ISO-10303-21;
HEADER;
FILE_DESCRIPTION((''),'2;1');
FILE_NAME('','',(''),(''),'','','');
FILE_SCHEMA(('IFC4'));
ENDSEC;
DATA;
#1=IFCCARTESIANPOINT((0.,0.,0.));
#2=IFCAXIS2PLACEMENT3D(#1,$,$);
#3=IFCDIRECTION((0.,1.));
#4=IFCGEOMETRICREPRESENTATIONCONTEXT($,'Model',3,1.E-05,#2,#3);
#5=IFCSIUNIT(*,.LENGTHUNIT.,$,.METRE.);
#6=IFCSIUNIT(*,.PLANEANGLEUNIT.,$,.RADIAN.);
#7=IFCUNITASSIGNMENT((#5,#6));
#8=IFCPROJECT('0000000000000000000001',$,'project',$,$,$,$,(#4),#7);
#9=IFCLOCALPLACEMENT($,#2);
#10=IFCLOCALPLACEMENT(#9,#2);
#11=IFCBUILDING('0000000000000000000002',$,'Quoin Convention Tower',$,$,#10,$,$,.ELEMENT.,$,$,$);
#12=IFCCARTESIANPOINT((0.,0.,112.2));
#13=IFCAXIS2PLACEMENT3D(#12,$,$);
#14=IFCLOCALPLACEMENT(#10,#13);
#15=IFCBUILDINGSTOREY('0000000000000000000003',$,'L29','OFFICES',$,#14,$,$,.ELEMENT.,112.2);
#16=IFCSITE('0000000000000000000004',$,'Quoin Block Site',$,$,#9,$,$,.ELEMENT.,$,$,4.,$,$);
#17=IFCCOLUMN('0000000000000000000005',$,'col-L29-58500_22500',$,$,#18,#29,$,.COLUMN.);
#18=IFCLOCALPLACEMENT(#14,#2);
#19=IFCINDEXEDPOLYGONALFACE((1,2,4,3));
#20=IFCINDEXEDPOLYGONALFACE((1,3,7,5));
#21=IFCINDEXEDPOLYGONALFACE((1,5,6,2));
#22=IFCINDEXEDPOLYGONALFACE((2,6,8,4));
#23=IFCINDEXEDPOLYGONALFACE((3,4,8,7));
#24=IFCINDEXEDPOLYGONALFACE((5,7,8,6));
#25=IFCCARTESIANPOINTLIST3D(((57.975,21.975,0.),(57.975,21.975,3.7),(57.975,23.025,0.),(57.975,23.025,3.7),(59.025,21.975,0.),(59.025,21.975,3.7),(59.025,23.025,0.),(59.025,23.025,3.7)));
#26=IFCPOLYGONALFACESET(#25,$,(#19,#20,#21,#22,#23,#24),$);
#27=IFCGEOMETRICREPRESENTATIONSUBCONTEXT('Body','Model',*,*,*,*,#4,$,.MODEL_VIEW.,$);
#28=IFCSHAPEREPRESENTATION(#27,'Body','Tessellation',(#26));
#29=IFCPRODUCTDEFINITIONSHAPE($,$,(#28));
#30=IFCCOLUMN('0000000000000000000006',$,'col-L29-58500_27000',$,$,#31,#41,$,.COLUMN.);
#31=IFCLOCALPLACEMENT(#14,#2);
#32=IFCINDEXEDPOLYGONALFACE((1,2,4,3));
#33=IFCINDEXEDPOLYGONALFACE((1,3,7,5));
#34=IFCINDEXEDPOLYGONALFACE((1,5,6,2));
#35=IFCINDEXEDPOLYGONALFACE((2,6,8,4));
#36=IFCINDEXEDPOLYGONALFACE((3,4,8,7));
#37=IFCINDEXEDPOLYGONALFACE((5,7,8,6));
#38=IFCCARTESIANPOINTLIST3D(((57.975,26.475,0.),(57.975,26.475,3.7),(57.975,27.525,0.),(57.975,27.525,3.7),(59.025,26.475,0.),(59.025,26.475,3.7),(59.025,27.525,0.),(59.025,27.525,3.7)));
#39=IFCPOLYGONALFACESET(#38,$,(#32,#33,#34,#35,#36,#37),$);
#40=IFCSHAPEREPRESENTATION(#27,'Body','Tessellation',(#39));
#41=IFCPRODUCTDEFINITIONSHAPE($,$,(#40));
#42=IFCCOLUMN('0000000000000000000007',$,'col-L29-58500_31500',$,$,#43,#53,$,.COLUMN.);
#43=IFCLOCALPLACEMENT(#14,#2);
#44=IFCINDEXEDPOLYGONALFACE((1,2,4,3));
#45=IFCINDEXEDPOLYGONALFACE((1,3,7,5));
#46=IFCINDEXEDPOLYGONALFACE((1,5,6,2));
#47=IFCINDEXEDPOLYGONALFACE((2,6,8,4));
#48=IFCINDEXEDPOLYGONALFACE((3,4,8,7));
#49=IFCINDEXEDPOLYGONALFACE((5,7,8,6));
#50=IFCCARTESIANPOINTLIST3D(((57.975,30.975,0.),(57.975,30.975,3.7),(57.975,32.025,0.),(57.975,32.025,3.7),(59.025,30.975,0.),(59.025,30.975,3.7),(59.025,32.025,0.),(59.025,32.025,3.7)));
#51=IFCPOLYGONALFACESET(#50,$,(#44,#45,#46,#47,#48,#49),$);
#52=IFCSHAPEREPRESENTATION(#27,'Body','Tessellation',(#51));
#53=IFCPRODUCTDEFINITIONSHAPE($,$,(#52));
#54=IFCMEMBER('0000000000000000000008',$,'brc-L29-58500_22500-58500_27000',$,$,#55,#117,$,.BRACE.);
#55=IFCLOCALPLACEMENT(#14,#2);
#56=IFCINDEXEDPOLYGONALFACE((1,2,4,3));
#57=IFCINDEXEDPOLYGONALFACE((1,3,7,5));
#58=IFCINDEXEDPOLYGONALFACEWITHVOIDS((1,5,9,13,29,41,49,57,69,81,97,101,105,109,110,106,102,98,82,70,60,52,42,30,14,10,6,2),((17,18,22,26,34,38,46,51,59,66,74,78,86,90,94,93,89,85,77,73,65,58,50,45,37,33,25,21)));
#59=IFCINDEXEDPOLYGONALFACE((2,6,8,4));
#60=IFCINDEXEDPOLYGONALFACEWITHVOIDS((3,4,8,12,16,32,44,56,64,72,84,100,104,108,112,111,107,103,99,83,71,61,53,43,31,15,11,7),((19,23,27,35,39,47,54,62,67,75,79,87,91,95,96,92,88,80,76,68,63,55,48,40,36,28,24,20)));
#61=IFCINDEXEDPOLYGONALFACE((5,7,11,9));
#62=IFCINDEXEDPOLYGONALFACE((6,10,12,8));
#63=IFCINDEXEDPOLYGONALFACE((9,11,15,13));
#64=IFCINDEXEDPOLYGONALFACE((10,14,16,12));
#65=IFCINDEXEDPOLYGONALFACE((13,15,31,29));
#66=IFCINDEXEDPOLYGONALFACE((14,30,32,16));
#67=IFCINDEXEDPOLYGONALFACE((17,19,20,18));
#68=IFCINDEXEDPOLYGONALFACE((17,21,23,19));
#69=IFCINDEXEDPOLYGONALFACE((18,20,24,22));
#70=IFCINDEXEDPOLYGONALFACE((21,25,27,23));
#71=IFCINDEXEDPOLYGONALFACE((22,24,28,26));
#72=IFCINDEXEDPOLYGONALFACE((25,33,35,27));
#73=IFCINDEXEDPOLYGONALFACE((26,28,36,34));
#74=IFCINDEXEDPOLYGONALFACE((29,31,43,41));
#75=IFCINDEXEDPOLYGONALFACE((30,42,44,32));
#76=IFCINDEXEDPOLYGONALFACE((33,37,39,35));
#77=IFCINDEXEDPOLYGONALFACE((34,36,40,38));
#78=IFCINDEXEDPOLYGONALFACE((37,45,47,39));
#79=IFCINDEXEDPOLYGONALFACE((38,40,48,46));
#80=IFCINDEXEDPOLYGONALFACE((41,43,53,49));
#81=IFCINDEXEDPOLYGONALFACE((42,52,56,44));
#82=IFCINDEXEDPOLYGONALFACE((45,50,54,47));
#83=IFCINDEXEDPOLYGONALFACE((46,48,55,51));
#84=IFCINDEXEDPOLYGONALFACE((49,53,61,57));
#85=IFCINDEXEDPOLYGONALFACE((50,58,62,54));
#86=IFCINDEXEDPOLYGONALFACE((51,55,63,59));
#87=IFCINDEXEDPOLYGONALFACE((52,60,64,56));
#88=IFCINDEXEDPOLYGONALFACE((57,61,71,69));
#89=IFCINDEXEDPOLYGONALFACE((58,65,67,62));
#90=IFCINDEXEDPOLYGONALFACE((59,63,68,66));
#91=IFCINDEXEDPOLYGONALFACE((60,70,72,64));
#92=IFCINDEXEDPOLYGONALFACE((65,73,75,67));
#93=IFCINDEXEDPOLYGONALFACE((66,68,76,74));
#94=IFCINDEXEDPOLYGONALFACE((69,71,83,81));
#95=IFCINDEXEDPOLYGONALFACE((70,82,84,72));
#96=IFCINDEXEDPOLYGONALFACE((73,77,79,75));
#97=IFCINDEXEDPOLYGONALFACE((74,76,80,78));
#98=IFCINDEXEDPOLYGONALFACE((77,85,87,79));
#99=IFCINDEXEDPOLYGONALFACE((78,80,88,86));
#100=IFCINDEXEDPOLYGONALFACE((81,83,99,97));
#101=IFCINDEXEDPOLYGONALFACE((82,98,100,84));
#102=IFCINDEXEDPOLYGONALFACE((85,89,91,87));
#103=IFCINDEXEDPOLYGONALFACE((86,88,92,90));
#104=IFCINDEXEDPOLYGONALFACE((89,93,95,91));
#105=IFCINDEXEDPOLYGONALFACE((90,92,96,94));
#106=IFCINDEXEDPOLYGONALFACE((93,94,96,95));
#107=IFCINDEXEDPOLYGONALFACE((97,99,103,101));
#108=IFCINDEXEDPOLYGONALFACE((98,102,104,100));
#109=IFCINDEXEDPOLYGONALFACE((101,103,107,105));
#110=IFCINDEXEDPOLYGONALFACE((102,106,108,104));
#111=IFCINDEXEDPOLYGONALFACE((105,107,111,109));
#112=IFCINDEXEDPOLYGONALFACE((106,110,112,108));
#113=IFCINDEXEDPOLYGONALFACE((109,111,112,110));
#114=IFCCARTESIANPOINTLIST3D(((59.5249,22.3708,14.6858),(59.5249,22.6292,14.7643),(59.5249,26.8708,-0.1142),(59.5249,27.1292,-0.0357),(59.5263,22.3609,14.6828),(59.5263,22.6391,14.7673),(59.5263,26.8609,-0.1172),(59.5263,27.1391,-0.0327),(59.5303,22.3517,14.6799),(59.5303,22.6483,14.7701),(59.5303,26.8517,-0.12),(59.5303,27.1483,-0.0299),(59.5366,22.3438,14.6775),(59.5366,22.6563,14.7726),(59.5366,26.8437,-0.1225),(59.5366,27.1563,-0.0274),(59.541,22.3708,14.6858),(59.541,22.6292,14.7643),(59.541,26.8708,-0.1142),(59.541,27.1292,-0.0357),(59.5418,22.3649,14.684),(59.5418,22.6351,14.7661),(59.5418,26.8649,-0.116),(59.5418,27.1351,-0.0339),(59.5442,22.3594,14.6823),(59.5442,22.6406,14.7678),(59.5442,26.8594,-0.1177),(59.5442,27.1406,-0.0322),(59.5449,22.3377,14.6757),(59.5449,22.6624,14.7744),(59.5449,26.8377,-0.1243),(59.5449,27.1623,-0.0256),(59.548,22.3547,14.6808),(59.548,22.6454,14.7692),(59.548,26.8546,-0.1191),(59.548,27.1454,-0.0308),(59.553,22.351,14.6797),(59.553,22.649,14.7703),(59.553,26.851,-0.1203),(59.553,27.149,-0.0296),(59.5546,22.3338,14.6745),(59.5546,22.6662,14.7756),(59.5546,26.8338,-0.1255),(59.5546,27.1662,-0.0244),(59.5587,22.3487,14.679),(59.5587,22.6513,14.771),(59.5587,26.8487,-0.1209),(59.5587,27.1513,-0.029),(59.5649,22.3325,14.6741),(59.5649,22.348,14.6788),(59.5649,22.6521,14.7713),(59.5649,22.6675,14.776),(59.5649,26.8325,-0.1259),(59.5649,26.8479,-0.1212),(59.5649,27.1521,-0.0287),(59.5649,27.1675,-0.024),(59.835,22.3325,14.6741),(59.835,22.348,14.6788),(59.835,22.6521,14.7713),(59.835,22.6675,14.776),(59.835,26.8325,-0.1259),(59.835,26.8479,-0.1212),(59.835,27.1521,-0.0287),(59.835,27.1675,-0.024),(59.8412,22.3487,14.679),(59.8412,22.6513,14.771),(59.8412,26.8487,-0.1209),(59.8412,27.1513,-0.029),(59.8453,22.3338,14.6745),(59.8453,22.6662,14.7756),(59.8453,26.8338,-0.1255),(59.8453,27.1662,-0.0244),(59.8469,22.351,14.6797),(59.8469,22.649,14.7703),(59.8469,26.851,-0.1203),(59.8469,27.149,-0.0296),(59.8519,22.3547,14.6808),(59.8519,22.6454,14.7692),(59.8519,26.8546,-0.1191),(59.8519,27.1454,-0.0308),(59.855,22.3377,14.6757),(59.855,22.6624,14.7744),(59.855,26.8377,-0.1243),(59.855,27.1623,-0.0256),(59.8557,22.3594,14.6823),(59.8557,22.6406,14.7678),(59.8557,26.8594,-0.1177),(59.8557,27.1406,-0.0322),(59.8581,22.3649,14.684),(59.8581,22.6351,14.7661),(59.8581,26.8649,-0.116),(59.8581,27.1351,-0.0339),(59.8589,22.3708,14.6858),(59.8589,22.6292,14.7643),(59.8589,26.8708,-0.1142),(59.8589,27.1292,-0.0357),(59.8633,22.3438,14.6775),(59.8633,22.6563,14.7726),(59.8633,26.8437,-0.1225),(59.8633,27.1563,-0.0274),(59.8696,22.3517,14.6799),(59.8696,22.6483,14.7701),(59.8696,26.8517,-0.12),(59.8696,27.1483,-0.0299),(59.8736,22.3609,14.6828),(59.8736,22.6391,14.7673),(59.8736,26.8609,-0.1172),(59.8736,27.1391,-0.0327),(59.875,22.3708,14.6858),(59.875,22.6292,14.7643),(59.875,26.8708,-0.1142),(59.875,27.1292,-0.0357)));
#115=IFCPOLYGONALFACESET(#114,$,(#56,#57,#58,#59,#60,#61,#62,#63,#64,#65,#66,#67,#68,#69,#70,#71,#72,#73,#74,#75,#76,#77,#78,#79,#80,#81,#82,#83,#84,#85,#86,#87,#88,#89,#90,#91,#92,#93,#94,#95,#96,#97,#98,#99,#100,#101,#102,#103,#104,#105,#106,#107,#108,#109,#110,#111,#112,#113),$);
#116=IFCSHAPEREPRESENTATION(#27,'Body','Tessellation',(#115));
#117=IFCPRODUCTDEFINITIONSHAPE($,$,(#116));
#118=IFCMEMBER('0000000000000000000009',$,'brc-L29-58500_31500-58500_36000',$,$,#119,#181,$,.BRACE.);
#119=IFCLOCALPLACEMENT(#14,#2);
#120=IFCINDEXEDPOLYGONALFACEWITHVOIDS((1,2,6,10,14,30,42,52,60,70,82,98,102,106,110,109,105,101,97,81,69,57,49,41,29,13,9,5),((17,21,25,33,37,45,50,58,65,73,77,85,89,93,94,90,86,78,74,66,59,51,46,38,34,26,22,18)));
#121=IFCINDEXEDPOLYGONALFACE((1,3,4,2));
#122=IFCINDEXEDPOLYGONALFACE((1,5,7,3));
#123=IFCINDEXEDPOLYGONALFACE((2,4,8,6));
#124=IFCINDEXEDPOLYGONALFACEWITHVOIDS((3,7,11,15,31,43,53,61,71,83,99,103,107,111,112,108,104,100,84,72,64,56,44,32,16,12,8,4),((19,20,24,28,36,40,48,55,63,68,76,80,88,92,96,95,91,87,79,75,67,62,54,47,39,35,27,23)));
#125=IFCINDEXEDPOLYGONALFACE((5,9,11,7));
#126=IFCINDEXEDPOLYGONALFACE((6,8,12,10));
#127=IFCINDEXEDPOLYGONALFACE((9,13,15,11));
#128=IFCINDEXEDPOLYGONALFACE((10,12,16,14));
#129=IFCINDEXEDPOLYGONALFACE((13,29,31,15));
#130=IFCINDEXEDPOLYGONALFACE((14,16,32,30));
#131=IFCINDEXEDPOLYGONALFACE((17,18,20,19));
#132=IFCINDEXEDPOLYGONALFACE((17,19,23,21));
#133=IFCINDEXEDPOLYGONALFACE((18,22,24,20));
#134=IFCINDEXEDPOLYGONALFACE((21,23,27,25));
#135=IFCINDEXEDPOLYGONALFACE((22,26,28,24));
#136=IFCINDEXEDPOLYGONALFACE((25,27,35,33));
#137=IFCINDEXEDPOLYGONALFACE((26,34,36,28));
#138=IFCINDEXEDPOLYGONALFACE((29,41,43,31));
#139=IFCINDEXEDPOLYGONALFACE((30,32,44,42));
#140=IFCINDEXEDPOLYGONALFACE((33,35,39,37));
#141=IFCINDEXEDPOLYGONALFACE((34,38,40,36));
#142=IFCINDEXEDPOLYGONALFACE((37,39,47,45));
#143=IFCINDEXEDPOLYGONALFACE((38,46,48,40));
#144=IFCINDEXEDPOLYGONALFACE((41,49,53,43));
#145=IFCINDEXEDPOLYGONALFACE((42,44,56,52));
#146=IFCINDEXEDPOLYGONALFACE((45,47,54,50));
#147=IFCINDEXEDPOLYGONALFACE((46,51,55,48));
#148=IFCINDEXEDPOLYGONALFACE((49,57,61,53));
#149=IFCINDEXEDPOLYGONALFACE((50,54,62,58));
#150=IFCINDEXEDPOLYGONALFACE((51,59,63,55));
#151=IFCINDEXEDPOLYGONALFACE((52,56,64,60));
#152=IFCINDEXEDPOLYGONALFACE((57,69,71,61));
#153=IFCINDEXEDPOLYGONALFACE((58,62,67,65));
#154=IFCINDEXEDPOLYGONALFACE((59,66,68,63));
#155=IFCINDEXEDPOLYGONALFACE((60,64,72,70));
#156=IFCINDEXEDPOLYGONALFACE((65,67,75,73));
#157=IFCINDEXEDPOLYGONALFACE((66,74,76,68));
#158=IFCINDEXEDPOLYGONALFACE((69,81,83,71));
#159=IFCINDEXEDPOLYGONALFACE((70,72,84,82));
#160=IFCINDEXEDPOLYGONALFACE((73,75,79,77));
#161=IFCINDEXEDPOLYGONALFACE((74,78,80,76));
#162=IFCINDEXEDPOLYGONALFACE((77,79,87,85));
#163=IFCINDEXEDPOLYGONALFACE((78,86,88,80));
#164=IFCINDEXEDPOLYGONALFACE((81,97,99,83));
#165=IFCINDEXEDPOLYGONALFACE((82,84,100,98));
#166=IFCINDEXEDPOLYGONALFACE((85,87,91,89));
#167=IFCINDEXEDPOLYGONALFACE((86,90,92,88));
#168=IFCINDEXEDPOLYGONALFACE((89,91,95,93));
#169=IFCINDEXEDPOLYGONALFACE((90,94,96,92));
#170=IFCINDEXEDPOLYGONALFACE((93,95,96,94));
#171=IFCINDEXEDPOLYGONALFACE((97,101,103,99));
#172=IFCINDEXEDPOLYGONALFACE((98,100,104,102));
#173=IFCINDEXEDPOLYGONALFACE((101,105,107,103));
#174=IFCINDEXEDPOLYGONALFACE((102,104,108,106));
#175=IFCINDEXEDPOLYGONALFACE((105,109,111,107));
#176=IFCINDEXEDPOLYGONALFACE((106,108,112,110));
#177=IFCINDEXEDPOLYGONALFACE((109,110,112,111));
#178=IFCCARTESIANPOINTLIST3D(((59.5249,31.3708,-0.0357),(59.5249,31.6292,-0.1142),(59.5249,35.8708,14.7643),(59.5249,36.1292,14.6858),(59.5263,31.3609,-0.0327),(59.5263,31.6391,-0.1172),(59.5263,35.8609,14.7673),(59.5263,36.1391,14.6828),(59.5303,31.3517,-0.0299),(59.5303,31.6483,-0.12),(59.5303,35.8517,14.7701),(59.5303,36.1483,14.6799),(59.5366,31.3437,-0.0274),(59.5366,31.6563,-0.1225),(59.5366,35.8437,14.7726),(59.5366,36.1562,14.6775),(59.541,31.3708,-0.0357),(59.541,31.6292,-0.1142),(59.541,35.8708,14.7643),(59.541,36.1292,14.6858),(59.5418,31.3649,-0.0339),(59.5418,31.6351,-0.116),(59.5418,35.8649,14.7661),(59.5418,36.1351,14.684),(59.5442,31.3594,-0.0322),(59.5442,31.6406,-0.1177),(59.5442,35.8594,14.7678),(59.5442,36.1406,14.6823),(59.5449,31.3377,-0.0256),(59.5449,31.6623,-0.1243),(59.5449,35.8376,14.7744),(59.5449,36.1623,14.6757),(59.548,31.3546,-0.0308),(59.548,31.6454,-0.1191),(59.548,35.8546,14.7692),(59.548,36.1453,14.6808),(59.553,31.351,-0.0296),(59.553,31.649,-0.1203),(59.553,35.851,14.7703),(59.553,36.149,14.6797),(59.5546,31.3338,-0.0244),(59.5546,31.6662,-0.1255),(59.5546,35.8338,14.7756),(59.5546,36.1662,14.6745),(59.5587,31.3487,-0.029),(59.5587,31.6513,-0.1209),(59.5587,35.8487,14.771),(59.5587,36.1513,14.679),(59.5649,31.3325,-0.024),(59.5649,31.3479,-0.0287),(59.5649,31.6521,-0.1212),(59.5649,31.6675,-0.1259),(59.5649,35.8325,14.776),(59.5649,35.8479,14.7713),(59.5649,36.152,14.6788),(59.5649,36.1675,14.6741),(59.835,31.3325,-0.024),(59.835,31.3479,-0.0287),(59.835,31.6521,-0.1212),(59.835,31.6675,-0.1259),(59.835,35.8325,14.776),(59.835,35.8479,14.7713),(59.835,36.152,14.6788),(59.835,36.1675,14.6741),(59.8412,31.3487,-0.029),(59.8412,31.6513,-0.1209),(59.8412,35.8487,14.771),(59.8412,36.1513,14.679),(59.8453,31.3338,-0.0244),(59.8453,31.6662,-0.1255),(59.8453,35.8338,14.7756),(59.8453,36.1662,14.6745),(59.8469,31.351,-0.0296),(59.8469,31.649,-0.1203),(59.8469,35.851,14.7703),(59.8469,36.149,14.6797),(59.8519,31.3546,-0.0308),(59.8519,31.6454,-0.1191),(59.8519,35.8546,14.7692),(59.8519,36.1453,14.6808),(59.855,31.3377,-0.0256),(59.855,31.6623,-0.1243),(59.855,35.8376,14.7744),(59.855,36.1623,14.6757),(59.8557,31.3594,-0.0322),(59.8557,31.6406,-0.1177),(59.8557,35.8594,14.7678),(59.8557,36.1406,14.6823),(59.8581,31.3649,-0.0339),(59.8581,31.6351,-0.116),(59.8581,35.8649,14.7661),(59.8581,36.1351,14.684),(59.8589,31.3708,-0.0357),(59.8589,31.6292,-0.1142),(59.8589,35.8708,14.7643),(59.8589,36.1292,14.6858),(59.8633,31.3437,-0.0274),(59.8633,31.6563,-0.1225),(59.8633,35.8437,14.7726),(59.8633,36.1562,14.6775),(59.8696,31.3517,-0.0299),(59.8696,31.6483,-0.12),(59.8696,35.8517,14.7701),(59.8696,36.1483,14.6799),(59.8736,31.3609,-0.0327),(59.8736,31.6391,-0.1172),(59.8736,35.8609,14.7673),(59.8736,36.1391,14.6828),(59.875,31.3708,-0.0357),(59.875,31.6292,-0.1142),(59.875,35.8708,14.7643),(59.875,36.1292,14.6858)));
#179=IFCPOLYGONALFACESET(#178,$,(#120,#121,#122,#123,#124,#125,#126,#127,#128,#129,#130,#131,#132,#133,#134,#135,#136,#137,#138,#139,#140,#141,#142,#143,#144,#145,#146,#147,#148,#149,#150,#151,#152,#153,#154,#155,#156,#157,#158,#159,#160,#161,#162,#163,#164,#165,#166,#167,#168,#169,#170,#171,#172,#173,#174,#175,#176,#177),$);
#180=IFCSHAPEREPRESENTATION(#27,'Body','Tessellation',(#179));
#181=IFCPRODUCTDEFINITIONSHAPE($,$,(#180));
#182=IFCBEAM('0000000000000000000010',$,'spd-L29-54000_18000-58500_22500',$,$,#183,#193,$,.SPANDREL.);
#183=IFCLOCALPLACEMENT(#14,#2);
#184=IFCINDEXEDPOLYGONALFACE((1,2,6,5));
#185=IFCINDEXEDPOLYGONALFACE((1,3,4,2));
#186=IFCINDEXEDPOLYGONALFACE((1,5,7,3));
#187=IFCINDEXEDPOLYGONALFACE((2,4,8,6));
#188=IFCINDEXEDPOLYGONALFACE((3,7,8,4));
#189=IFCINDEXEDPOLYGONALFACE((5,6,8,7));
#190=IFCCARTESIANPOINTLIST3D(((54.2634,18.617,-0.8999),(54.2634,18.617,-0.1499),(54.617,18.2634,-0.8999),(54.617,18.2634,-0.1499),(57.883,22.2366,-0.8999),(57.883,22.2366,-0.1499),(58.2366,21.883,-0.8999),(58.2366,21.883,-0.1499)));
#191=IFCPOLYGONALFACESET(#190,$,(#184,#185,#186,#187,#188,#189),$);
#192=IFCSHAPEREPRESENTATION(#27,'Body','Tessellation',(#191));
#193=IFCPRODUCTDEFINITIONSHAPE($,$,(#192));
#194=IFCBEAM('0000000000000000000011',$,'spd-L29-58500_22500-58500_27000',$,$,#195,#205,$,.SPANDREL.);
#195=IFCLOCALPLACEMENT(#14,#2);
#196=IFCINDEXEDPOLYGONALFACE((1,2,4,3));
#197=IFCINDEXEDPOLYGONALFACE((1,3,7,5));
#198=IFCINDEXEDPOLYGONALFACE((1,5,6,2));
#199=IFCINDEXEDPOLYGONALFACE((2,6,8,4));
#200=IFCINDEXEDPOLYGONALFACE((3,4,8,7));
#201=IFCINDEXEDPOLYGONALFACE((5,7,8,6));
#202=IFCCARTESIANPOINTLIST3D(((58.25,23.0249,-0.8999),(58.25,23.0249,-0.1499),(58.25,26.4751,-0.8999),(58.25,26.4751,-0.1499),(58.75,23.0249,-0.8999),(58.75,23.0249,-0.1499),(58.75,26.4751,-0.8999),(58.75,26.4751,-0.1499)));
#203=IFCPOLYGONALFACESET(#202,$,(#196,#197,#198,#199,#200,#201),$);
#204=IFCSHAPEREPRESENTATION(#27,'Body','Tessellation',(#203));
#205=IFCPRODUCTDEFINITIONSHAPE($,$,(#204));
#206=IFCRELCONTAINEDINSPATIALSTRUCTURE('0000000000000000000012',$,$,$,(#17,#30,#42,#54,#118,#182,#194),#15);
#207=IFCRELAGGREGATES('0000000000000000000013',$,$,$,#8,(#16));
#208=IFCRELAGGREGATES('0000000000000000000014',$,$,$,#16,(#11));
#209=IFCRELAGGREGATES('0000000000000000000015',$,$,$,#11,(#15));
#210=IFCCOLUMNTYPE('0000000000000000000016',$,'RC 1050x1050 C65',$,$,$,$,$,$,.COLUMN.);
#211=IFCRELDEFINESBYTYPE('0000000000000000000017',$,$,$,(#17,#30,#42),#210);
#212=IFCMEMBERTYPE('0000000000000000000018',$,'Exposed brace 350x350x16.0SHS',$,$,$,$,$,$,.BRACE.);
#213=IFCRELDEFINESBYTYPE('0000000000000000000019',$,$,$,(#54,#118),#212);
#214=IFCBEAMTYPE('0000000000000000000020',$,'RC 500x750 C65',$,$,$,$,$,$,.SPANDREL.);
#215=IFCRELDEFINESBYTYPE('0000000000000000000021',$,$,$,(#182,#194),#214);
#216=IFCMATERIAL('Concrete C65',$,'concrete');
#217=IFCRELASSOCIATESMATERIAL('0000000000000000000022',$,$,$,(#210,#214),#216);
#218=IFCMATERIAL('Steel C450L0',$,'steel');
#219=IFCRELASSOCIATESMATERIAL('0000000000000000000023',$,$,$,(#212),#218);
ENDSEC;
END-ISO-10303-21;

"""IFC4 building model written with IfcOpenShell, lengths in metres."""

from ifc_helpers import new_model, si_unit, direction, frame, origin, origin_2d, place, context, subcontext, project, spatial, rectangle, hollow_rectangle, extrude, material, material_profile, profile_set, type_object, element, save


model = new_model("IFC4")

# Units and contexts
model_context = context("Model", 3, precision=1e-05, world=origin(), true_north=direction((0.0, 1.0)))
body_context = subcontext(model_context, "Body", "Model", "MODEL_VIEW")
ifc_project = project(units=[si_unit("LENGTHUNIT", "METRE"), si_unit("PLANEANGLEUNIT", "RADIAN")], contexts=[model_context])

# Site, building, storey
site_placement = place(None, origin())
site = spatial("IfcSite", under=ifc_project, at=site_placement, Name="Quoin Block Site", CompositionType="ELEMENT", RefElevation=4.0)
building_placement = place(site_placement, origin())
building = spatial("IfcBuilding", under=site, at=building_placement, Name="Quoin Convention Tower", CompositionType="ELEMENT")
storey_placement = place(building_placement, frame((0.0, 0.0, 112.2)))
storey = spatial("IfcBuildingStorey", under=building, at=storey_placement, Name="L29", Description="OFFICES", CompositionType="ELEMENT", Elevation=112.2)

# Columns
ifc_material_1 = material(Name="Concrete C65", Category="concrete")
ifc_material_profile_1 = material_profile(ifc_material_1, rectangle(XDim=1.05, YDim=1.05, at=origin_2d()), Name="RC 1050x1050")
ifc_profile_set_1 = profile_set([ifc_material_profile_1], Name="Concrete C65")
column_type = type_object("IfcColumnType", Name="RC 1050x1050 C65", PredefinedType="COLUMN", material=ifc_profile_set_1)
for number, where, z_axis, x_axis, name in (
    (1, (58.5, 22.5, 0.0), (0.0, 0.0, 1.0), (1.0, 0.0, 0.0), "col-L29-58500_22500"),
    (2, (58.5, 27.0, 0.0), (0.0, 0.0, 1.0), (1.0, 0.0, 0.0), "col-L29-58500_27000"),
    (3, (58.5, 31.5, 0.0), (0.0, 0.0, 1.0), (1.0, 0.0, 0.0), "col-L29-58500_31500"),
):
    element("IfcColumn", number, at=place(storey_placement, frame(where, z_axis=z_axis, x_axis=x_axis)), inside=storey, type_object=column_type, Name=name, PredefinedType="COLUMN", context=body_context, shape_type="SweptSolid", body=[
        extrude(rectangle(XDim=1.05, YDim=1.05, at=origin_2d()), origin(), (0.0, 0.0, 1.0), 3.7),
    ])

# Members
ifc_material_2 = material(Name="Steel C450L0", Category="steel")
ifc_material_profile_2 = material_profile(ifc_material_2, hollow_rectangle(XDim=0.3501, YDim=0.3501, WallThickness=0.0161, InnerFilletRadius=0.0239, OuterFilletRadius=0.04, at=origin_2d()), Name="350x350x16.0SHS")
ifc_profile_set_2 = profile_set([ifc_material_profile_2], Name="Steel C450L0")
member_type = type_object("IfcMemberType", Name="Exposed brace 350x350x16.0SHS", PredefinedType="BRACE", material=ifc_profile_set_2)
for number, where, z_axis, x_axis, name in (
    (4, (59.7, 27.0, -0.075), (0.0, -0.290903, 0.956752), (1.0, 0.0, 0.0), "brc-L29-58500_22500-58500_27000"),
    (5, (59.7, 31.5, -0.075), (0.0, 0.290903, 0.956752), (-1.0, 0.0, 0.0), "brc-L29-58500_31500-58500_36000"),
):
    element("IfcMember", number, at=place(storey_placement, frame(where, z_axis=z_axis, x_axis=x_axis)), inside=storey, type_object=member_type, Name=name, PredefinedType="BRACE", context=body_context, shape_type="SweptSolid", body=[
        extrude(hollow_rectangle(XDim=0.3501, YDim=0.3501, WallThickness=0.0161, InnerFilletRadius=0.0239, OuterFilletRadius=0.04, at=origin_2d()), origin(), (0.0, 0.0, 1.0), 15.469),
    ])

# Beams
ifc_material_profile_3 = material_profile(ifc_material_1, rectangle(XDim=0.5, YDim=0.75, at=origin_2d()), Name="RC 500x750")
ifc_profile_set_3 = profile_set([ifc_material_profile_3], Name="Concrete C65")
beam_type = type_object("IfcBeamType", Name="RC 500x750 C65", PredefinedType="SPANDREL", material=ifc_profile_set_3)
beam_placement = place(storey_placement, frame((54.4402, 18.4402, -0.5249), z_axis=(0.707107, 0.707107, 0.0), x_axis=(-0.707107, 0.707107, 0.0)))
element("IfcBeam", 6, at=beam_placement, inside=storey, type_object=beam_type, Name="spd-L29-54000_18000-58500_22500", PredefinedType="SPANDREL", context=body_context, shape_type="SweptSolid", body=[
    extrude(rectangle(XDim=0.5, YDim=0.75, at=origin_2d()), origin(), (0.0, 0.0, 1.0), 5.1189),
])
for number, where, z_axis, x_axis, name in (
    (7, (58.5, 23.0249, -0.5249), (0.0, 1.0, 0.0), (-1.0, 0.0, 0.0), "spd-L29-58500_22500-58500_27000"),
):
    element("IfcBeam", number, at=place(storey_placement, frame(where, z_axis=z_axis, x_axis=x_axis)), inside=storey, type_object=beam_type, Name=name, PredefinedType="SPANDREL", context=body_context, shape_type="SweptSolid", body=[
        extrude(rectangle(XDim=0.5, YDim=0.75, at=origin_2d()), origin(), (0.0, 0.0, 1.0), 3.4502),
    ])

save(model, "model.ifc")
